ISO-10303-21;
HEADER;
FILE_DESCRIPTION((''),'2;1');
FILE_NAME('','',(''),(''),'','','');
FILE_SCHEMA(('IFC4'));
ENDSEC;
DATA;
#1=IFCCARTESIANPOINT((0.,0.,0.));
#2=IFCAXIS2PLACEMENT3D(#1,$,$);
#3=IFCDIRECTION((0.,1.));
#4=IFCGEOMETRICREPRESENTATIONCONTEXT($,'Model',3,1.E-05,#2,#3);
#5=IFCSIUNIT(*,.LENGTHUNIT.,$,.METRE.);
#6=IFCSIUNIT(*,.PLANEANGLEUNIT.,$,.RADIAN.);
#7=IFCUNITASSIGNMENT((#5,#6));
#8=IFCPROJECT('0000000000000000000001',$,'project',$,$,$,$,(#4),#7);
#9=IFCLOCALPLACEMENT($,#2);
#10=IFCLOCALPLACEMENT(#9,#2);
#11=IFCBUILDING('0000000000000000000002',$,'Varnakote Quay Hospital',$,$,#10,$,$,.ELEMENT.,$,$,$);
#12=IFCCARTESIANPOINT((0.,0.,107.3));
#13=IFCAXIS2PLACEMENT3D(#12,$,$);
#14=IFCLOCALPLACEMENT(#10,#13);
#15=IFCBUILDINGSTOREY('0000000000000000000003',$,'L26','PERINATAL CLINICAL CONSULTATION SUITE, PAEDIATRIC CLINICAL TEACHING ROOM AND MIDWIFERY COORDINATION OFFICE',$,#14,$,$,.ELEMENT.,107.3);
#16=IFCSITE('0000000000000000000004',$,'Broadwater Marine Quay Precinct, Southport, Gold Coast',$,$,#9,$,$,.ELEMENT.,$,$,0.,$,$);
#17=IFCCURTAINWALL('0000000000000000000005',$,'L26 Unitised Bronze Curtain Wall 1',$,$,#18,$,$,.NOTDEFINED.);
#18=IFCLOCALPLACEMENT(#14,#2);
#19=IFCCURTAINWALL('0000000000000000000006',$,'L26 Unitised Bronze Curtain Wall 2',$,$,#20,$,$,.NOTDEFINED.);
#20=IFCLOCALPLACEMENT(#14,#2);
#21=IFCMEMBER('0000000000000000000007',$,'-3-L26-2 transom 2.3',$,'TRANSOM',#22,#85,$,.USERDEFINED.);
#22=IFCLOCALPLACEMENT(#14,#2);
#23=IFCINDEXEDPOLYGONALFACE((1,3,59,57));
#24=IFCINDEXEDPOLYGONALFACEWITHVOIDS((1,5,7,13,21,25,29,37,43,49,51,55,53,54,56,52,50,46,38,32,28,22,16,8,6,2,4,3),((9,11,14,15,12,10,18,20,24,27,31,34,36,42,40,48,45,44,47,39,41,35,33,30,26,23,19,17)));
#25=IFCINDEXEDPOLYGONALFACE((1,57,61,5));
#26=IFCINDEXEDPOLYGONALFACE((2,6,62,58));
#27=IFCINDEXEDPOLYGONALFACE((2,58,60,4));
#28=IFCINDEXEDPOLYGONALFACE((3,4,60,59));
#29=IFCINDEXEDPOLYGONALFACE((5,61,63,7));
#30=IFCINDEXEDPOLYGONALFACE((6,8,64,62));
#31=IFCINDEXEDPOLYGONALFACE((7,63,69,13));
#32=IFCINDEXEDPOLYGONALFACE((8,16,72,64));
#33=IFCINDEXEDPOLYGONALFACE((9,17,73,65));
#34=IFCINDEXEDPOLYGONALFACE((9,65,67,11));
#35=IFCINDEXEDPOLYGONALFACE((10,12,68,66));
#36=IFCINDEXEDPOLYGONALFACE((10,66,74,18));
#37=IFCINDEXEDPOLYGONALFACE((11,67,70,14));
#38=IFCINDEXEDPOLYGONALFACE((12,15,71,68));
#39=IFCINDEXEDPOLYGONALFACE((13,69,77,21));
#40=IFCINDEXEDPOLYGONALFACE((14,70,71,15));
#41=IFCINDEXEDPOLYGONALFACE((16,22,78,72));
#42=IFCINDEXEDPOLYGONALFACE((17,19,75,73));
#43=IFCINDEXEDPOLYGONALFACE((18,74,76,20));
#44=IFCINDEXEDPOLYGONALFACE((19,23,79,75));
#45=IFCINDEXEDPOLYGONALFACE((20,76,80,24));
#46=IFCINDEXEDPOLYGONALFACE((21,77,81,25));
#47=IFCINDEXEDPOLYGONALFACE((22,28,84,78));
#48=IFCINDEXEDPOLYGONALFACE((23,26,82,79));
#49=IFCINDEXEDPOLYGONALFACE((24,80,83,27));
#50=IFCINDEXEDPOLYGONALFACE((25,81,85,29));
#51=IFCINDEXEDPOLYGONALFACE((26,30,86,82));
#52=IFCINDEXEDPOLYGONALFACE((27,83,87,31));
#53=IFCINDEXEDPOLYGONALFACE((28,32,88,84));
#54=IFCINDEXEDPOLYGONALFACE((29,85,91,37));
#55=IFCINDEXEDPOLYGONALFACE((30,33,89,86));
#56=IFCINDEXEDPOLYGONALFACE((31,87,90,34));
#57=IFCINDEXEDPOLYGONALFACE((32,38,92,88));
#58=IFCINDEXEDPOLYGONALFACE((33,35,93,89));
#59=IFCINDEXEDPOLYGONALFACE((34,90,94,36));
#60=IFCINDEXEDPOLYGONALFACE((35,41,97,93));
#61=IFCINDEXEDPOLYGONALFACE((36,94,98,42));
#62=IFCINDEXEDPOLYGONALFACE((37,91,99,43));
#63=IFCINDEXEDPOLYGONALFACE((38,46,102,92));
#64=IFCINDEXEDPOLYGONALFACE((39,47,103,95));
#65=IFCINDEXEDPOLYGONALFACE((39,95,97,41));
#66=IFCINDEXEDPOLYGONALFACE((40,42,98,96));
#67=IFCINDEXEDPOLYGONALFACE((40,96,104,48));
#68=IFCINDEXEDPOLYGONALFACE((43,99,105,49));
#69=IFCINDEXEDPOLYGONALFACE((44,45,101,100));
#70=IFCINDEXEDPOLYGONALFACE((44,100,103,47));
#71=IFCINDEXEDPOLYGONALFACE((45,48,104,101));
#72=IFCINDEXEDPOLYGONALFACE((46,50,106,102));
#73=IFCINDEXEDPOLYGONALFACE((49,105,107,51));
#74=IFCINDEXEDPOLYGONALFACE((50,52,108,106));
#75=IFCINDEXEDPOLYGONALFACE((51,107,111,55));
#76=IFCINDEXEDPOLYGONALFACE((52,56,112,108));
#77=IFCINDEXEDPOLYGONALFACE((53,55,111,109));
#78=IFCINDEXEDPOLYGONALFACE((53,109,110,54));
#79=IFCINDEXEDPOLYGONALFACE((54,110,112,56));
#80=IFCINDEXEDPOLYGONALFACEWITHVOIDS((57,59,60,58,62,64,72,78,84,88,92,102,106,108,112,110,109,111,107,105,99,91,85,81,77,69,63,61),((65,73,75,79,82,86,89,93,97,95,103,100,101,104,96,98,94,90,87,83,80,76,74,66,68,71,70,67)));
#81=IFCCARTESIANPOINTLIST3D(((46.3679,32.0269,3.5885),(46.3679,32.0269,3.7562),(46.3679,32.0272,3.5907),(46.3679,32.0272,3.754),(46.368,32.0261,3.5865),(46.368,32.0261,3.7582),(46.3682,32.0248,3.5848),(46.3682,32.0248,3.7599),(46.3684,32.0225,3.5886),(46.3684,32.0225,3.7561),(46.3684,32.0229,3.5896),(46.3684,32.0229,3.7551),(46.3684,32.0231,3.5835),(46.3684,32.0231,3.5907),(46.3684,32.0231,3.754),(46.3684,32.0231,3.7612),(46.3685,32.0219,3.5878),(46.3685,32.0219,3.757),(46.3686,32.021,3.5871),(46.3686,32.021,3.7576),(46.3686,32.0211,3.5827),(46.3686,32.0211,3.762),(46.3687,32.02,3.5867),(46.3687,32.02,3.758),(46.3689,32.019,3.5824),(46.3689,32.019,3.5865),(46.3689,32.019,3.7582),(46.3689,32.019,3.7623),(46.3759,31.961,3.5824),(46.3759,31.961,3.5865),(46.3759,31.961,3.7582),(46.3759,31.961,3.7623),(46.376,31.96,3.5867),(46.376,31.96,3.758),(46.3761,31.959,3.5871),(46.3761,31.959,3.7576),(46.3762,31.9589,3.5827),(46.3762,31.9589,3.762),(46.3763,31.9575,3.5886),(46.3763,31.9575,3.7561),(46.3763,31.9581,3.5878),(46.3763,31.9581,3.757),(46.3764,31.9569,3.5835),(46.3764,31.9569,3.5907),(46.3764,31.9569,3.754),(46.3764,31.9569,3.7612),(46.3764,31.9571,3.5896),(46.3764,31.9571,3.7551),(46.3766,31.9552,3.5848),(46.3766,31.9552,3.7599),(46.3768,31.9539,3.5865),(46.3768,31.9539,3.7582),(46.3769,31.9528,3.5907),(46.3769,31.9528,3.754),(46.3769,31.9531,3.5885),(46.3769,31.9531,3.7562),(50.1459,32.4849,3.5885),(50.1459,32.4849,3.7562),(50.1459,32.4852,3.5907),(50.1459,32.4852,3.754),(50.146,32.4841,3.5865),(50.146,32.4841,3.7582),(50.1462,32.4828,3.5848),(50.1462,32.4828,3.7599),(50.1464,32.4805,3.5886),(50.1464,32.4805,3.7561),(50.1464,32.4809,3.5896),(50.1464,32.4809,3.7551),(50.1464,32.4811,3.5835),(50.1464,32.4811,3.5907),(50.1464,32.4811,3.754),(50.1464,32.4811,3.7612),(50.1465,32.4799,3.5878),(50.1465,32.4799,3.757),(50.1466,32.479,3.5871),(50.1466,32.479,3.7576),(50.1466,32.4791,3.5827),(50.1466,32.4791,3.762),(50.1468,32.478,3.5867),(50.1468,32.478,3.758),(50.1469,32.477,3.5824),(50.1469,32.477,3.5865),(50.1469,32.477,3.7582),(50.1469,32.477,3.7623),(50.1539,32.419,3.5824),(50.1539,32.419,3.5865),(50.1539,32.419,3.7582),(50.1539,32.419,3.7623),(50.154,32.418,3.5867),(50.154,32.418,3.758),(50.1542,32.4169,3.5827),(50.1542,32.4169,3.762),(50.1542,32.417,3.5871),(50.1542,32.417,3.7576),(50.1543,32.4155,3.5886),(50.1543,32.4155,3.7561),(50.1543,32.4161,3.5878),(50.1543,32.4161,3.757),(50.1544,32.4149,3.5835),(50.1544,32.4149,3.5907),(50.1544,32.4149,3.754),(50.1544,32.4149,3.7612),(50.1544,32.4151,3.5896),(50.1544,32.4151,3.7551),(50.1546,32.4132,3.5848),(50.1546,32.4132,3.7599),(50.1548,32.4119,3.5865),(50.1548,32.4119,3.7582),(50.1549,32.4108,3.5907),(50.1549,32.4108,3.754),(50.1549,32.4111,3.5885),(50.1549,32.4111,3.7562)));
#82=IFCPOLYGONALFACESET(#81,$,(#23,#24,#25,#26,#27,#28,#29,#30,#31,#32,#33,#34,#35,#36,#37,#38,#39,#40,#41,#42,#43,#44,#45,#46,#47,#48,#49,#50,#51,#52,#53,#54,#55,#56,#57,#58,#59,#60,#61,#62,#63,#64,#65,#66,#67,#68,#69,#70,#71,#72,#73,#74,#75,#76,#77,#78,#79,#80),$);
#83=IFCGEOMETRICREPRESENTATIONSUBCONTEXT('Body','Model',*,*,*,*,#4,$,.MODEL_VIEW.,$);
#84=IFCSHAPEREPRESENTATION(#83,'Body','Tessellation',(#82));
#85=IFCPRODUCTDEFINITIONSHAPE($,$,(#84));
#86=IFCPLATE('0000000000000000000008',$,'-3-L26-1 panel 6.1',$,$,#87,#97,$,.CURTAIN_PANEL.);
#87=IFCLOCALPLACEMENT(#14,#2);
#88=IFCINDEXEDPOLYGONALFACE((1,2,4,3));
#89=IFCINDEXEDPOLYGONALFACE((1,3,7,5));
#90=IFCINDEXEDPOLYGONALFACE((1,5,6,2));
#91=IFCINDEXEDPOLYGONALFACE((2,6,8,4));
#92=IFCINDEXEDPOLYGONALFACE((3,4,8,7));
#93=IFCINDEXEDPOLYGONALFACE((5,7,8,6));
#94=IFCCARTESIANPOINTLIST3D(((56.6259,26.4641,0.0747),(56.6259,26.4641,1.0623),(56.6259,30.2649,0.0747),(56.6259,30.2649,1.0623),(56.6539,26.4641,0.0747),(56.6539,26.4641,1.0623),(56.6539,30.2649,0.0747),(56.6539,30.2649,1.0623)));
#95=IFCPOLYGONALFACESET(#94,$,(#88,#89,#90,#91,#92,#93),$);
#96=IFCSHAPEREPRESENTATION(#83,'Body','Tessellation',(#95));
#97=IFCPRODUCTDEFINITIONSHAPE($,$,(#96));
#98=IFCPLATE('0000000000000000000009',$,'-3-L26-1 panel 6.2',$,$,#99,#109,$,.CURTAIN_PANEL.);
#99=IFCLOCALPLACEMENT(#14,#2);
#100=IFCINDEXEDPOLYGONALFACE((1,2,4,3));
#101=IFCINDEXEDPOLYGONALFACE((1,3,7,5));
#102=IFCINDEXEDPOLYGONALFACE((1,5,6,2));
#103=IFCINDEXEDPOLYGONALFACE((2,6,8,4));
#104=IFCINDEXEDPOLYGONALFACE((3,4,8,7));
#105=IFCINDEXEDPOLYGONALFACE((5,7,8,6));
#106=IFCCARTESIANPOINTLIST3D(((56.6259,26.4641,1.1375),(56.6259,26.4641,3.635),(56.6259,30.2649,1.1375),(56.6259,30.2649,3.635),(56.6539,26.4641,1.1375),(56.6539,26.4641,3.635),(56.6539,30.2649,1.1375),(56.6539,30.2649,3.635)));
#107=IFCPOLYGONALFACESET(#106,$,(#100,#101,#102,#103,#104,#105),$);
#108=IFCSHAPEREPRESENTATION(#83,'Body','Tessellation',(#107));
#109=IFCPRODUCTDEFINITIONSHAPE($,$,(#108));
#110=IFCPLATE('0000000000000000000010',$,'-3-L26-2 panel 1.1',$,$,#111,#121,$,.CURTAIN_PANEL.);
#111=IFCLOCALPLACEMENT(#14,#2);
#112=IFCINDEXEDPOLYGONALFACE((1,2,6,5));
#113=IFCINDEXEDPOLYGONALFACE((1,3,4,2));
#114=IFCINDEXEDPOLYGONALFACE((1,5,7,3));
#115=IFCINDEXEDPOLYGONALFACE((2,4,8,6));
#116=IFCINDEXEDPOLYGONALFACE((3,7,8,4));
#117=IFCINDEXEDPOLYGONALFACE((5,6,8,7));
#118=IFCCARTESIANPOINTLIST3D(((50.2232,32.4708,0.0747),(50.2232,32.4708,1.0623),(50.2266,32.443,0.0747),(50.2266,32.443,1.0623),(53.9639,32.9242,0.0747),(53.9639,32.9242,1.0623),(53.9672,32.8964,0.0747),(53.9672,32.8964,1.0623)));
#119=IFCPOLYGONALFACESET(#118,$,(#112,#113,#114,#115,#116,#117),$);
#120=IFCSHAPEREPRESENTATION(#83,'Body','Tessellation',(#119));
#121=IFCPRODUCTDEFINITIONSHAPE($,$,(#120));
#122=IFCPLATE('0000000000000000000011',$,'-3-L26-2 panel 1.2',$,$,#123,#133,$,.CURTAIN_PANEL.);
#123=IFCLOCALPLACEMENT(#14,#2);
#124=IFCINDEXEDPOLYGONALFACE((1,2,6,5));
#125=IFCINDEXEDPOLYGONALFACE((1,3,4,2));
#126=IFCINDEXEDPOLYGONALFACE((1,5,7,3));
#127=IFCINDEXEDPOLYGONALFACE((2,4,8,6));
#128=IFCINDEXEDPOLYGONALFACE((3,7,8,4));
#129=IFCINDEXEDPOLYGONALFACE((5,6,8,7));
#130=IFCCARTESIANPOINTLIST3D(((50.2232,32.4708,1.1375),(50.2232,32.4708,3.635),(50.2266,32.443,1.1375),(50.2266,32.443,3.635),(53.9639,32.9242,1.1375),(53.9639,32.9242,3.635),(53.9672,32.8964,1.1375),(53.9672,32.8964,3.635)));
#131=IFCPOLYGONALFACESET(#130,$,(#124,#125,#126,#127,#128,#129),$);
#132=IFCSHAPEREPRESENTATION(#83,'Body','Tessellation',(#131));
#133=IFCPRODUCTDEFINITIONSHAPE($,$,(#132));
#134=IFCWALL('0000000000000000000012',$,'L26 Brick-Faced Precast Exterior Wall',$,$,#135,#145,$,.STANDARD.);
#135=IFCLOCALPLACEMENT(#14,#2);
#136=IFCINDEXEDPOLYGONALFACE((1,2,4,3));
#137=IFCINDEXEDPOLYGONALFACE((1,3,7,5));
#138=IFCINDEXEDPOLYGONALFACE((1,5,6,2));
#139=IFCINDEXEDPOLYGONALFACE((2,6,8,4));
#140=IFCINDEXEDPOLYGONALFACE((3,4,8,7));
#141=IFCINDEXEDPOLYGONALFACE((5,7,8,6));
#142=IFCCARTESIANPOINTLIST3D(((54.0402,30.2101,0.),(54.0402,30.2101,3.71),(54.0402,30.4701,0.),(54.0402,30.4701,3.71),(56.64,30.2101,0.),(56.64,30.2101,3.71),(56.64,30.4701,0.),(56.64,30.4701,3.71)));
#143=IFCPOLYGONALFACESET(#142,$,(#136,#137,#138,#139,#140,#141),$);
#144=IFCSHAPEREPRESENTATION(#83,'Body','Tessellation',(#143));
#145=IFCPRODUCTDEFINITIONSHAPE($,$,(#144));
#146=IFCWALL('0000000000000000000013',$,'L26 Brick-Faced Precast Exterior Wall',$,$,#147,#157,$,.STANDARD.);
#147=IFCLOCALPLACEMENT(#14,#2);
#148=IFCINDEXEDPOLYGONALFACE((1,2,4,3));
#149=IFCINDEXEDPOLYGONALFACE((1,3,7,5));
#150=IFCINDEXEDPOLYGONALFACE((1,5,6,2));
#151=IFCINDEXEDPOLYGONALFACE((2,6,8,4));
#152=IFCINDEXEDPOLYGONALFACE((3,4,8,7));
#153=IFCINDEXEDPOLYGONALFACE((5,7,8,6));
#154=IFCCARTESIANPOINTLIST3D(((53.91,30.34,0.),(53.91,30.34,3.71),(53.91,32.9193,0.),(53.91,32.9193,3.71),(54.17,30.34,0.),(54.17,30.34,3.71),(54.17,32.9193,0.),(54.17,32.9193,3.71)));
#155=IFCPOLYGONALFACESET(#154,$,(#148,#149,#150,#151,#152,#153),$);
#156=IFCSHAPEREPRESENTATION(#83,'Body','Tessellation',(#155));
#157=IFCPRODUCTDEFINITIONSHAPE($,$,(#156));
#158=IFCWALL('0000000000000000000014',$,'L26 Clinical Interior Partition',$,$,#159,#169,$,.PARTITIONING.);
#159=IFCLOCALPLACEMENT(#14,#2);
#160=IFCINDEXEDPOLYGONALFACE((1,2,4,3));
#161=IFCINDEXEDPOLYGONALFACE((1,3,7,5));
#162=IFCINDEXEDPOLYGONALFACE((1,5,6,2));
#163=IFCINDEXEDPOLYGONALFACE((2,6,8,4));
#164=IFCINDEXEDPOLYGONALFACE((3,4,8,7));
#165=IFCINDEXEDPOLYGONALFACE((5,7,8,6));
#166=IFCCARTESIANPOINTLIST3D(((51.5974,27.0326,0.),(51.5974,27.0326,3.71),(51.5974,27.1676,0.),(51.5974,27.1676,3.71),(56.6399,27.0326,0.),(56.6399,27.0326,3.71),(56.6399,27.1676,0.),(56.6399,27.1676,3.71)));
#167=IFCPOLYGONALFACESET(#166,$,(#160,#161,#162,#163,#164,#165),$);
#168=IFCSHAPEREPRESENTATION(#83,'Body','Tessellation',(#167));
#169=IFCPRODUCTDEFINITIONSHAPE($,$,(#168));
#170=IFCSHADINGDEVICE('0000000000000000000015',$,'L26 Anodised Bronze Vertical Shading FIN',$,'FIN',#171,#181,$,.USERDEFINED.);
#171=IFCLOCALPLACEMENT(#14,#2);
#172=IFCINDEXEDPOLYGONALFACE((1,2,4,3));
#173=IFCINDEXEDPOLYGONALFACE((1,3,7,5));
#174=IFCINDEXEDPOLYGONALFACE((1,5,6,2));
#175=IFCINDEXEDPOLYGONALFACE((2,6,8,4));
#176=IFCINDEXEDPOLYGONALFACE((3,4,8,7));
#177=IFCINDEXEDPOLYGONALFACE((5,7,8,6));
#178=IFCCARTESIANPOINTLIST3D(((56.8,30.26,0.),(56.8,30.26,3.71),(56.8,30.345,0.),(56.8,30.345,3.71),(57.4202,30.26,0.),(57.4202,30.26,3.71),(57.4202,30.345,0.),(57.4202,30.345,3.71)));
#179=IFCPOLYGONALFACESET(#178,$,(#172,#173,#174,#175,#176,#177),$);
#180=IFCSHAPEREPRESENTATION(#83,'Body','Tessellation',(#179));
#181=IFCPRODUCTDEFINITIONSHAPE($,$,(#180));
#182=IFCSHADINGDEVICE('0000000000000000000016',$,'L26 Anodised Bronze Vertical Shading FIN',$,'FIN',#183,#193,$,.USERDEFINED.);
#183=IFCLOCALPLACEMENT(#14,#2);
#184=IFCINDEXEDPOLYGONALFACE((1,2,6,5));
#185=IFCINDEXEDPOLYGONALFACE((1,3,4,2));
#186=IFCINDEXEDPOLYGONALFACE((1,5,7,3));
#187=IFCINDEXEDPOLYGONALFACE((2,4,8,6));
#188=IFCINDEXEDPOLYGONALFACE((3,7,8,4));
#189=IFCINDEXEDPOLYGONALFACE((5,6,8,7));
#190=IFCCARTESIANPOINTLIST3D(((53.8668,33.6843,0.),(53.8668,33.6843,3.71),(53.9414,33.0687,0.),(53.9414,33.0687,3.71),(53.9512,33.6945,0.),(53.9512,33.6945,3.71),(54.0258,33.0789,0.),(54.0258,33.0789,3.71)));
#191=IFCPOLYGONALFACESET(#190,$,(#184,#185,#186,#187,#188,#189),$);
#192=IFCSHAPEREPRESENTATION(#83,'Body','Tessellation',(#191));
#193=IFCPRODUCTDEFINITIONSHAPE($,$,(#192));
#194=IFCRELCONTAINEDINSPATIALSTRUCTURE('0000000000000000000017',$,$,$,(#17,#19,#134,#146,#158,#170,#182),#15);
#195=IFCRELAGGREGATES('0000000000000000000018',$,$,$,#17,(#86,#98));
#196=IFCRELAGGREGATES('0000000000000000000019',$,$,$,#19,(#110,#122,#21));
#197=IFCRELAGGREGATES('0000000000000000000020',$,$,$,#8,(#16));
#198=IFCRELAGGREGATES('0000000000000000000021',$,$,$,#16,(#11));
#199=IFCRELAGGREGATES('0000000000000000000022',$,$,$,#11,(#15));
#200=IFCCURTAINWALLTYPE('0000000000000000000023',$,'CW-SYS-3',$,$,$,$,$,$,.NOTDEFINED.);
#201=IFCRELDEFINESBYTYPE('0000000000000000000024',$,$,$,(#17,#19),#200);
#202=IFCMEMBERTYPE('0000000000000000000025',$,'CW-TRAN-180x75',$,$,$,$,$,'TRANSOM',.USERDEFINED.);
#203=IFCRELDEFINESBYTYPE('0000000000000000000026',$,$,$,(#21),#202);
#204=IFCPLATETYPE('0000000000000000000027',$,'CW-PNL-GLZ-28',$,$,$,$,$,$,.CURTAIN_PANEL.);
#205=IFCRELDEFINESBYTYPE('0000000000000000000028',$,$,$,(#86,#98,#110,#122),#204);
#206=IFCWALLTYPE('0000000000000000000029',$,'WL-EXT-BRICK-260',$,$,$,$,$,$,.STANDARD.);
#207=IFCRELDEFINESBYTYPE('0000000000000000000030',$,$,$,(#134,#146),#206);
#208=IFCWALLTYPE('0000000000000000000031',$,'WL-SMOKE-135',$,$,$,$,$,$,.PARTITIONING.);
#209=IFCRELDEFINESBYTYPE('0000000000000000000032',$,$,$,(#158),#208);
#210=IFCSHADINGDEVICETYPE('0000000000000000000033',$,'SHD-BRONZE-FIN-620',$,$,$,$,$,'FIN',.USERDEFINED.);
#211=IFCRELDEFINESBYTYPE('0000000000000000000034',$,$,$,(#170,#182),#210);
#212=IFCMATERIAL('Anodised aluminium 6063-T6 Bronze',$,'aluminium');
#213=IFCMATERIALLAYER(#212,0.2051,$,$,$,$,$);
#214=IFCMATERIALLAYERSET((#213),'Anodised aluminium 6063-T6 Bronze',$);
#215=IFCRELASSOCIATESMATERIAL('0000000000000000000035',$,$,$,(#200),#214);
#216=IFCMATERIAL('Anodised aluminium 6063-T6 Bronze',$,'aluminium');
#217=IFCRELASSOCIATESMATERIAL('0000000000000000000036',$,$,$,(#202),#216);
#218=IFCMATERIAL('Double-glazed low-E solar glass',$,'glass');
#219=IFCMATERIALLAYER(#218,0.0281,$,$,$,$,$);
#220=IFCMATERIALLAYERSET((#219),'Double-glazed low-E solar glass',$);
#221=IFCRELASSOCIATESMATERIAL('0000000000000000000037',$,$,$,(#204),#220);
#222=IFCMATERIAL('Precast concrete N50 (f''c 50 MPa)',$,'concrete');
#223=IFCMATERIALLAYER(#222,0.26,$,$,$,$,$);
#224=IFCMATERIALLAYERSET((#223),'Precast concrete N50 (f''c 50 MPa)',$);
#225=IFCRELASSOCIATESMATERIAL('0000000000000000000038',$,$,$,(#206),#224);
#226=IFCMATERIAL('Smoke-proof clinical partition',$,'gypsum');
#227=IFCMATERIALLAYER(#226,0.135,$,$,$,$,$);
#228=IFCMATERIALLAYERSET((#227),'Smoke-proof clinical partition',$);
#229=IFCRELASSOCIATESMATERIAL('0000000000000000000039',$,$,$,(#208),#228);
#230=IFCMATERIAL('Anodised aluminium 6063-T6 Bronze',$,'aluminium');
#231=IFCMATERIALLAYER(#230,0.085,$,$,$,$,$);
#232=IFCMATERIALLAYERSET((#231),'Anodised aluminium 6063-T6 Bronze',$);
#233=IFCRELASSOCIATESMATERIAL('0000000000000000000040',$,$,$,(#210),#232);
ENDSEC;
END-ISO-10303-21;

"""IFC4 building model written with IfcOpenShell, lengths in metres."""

from ifc_helpers import new_model, si_unit, direction, frame, frame_2d, origin, origin_2d, place, context, subcontext, project, spatial, rectangle, hollow_rectangle, extrude, material, layer, layer_set, material_profile, profile_set, type_object, element, aggregate, save


model = new_model("IFC4")

# Units and contexts
model_context = context("Model", 3, precision=1e-05, world=origin(), true_north=direction((0.0, 1.0)))
body_context = subcontext(model_context, "Body", "Model", "MODEL_VIEW")
ifc_project = project(units=[si_unit("LENGTHUNIT", "METRE"), si_unit("PLANEANGLEUNIT", "RADIAN")], contexts=[model_context])

# Site, building, storey
site_placement = place(None, origin())
site = spatial("IfcSite", under=ifc_project, at=site_placement, Name="Broadwater Marine Quay Precinct, Southport, Gold Coast", CompositionType="ELEMENT", RefElevation=0.0)
building_placement = place(site_placement, origin())
building = spatial("IfcBuilding", under=site, at=building_placement, Name="Varnakote Quay Hospital", CompositionType="ELEMENT")
storey_placement = place(building_placement, frame((0.0, 0.0, 107.3)))
storey = spatial("IfcBuildingStorey", under=building, at=storey_placement, Name="L26", Description="PERINATAL CLINICAL CONSULTATION SUITE, PAEDIATRIC CLINICAL TEACHING ROOM AND MIDWIFERY COORDINATION OFFICE", CompositionType="ELEMENT", Elevation=107.3)

# Curtain wall
ifc_material_1 = material(Name="Anodised aluminium 6063-T6 Bronze", Category="aluminium")
ifc_layer_1 = layer(ifc_material_1, 0.2051)
ifc_layer_set_1 = layer_set([ifc_layer_1], Name="Anodised aluminium 6063-T6 Bronze")
curtain_wall_type = type_object("IfcCurtainWallType", Name="CW-SYS-3", PredefinedType="NOTDEFINED", material=ifc_layer_set_1)
curtain_wall_1_placement = place(storey_placement, origin())
curtain_wall_1 = element("IfcCurtainWall", 1, at=curtain_wall_1_placement, inside=storey, type_object=curtain_wall_type, Name="L26 Unitised Bronze Curtain Wall 1", PredefinedType="NOTDEFINED")

# Curtain wall, member
curtain_wall_2_placement = place(storey_placement, origin())
curtain_wall_2 = element("IfcCurtainWall", 2, at=curtain_wall_2_placement, inside=storey, type_object=curtain_wall_type, Name="L26 Unitised Bronze Curtain Wall 2", PredefinedType="NOTDEFINED")
ifc_material_2 = material(Name="Anodised aluminium 6063-T6 Bronze", Category="aluminium")
ifc_material_profile_1 = material_profile(ifc_material_2, hollow_rectangle(XDim=0.075, YDim=0.1799, WallThickness=0.0042, InnerFilletRadius=0.0042, OuterFilletRadius=0.0083, at=origin_2d()), Name="CW-TRAN-180x75")
ifc_profile_set_1 = profile_set([ifc_material_profile_1], Name="Anodised aluminium 6063-T6 Bronze")
member_type_1 = type_object("IfcMemberType", Name="CW-TRAN-180x75", ElementType="TRANSOM", PredefinedType="USERDEFINED", material=ifc_profile_set_1)
member_1_placement = place(storey_placement, frame((50.1504, 32.448, 3.6724), z_axis=(-0.992732, -0.120347, 0.0), x_axis=(0.120347, -0.992732, 0.0)))
member_1 = element("IfcMember", 3, at=member_1_placement, type_object=member_type_1, Name="-3-L26-2 transom 2.3", ObjectType="TRANSOM", PredefinedType="USERDEFINED", context=body_context, shape_type="SweptSolid", body=[
    extrude(hollow_rectangle(XDim=0.075, YDim=0.1799, WallThickness=0.0042, InnerFilletRadius=0.0042, OuterFilletRadius=0.0083, at=origin_2d()), origin(), (0.0, 0.0, 1.0), 3.8057),
])

# Plates
ifc_material_3 = material(Name="Double-glazed low-E solar glass", Category="glass")
ifc_layer_2 = layer(ifc_material_3, 0.0281)
ifc_layer_set_2 = layer_set([ifc_layer_2], Name="Double-glazed low-E solar glass")
plate_type = type_object("IfcPlateType", Name="CW-PNL-GLZ-28", PredefinedType="CURTAIN_PANEL", material=ifc_layer_set_2)
plate_1_placement = place(storey_placement, frame((56.6399, 28.3645, 0.0747), z_axis=(0.0, 0.0, 1.0), x_axis=(0.0, 1.0, 0.0)))
plate_1 = element("IfcPlate", 4, at=plate_1_placement, type_object=plate_type, Name="-3-L26-1 panel 6.1", PredefinedType="CURTAIN_PANEL", context=body_context, shape_type="SweptSolid", body=[
    extrude(rectangle(XDim=3.8008, YDim=0.0281, at=origin_2d()), origin(), (0.0, 0.0, 1.0), 0.9875),
])
plate_2_placement = place(storey_placement, frame((56.6399, 28.3645, 1.1375), z_axis=(0.0, 0.0, 1.0), x_axis=(0.0, 1.0, 0.0)))
plate_2 = element("IfcPlate", 5, at=plate_2_placement, type_object=plate_type, Name="-3-L26-1 panel 6.2", PredefinedType="CURTAIN_PANEL", context=body_context, shape_type="SweptSolid", body=[
    extrude(rectangle(XDim=3.8008, YDim=0.0281, at=origin_2d()), origin(), (0.0, 0.0, 1.0), 2.4976),
])
aggregate(curtain_wall_1, [plate_1, plate_2])
plate_3_placement = place(storey_placement, frame((52.0952, 32.6836, 0.0747), z_axis=(0.0, 0.0, 1.0), x_axis=(-0.992734, -0.120327, 0.0)))
plate_3 = element("IfcPlate", 6, at=plate_3_placement, type_object=plate_type, Name="-3-L26-2 panel 1.1", PredefinedType="CURTAIN_PANEL", context=body_context, shape_type="SweptSolid", body=[
    extrude(rectangle(XDim=3.7681, YDim=0.0281, at=origin_2d()), origin(), (0.0, 0.0, 1.0), 0.9875),
])
plate_4_placement = place(storey_placement, frame((52.0952, 32.6836, 1.1375), z_axis=(0.0, 0.0, 1.0), x_axis=(-0.992734, -0.120327, 0.0)))
plate_4 = element("IfcPlate", 7, at=plate_4_placement, type_object=plate_type, Name="-3-L26-2 panel 1.2", PredefinedType="CURTAIN_PANEL", context=body_context, shape_type="SweptSolid", body=[
    extrude(rectangle(XDim=3.7681, YDim=0.0281, at=origin_2d()), origin(), (0.0, 0.0, 1.0), 2.4976),
])
aggregate(curtain_wall_2, [plate_3, plate_4, member_1])

# Walls
ifc_material_4 = material(Name="Precast concrete N50 (f'c 50 MPa)", Category="concrete")
ifc_layer_3 = layer(ifc_material_4, 0.26)
ifc_layer_set_3 = layer_set([ifc_layer_3], Name="Precast concrete N50 (f'c 50 MPa)")
wall_type_1 = type_object("IfcWallType", Name="WL-EXT-BRICK-260", PredefinedType="STANDARD", material=ifc_layer_set_3)
wall_1_placement = place(storey_placement, frame((56.6399, 30.3401, 0.0), z_axis=(0.0, 0.0, 1.0), x_axis=(-1.0, 0.0, 0.0)))
element("IfcWall", 8, at=wall_1_placement, inside=storey, type_object=wall_type_1, Name="L26 Brick-Faced Precast Exterior Wall", PredefinedType="STANDARD", context=body_context, shape_type="SweptSolid", body=[
    extrude(rectangle(XDim=2.5999, YDim=0.26, at=frame_2d((1.2998, 0.0))), origin(), (0.0, 0.0, 1.0), 3.71),
])
wall_2_placement = place(storey_placement, frame((54.04, 30.3401, 0.0), z_axis=(0.0, 0.0, 1.0), x_axis=(0.0, 1.0, 0.0)))
element("IfcWall", 9, at=wall_2_placement, inside=storey, type_object=wall_type_1, Name="L26 Brick-Faced Precast Exterior Wall", PredefinedType="STANDARD", context=body_context, shape_type="SweptSolid", body=[
    extrude(rectangle(XDim=2.5793, YDim=0.26, at=frame_2d((1.2896, 0.0))), origin(), (0.0, 0.0, 1.0), 3.71),
])
ifc_material_5 = material(Name="Smoke-proof clinical partition", Category="gypsum")
ifc_layer_4 = layer(ifc_material_5, 0.135)
ifc_layer_set_4 = layer_set([ifc_layer_4], Name="Smoke-proof clinical partition")
wall_type_2 = type_object("IfcWallType", Name="WL-SMOKE-135", PredefinedType="PARTITIONING", material=ifc_layer_set_4)
wall_3_placement = place(storey_placement, frame((56.6399, 27.1001, 0.0), z_axis=(0.0, 0.0, 1.0), x_axis=(-1.0, 0.0, 0.0)))
element("IfcWall", 10, at=wall_3_placement, inside=storey, type_object=wall_type_2, Name="L26 Clinical Interior Partition", PredefinedType="PARTITIONING", context=body_context, shape_type="SweptSolid", body=[
    extrude(rectangle(XDim=5.0425, YDim=0.135, at=frame_2d((2.5212, 0.0))), origin(), (0.0, 0.0, 1.0), 3.71),
])

# Shading devices
ifc_material_6 = material(Name="Anodised aluminium 6063-T6 Bronze", Category="aluminium")
ifc_layer_5 = layer(ifc_material_6, 0.085)
ifc_layer_set_5 = layer_set([ifc_layer_5], Name="Anodised aluminium 6063-T6 Bronze")
shading_device_type = type_object("IfcShadingDeviceType", Name="SHD-BRONZE-FIN-620", ElementType="FIN", PredefinedType="USERDEFINED", material=ifc_layer_set_5)
for number, where, z_axis, x_axis, name in (
    (11, (57.1101, 30.3025, 0.0), (0.0, 0.0, 1.0), (-1.0, 0.0, 0.0), "L26 Anodised Bronze Vertical Shading FIN"),
    (12, (53.9463, 33.3816, 0.0), (0.0, 0.0, 1.0), (0.12031, -0.992736, 0.0), "L26 Anodised Bronze Vertical Shading FIN"),
):
    element("IfcShadingDevice", number, at=place(storey_placement, frame(where, z_axis=z_axis, x_axis=x_axis)), inside=storey, type_object=shading_device_type, Name=name, ObjectType="FIN", PredefinedType="USERDEFINED", context=body_context, shape_type="SweptSolid", body=[
        extrude(rectangle(XDim=0.6201, YDim=0.085, at=origin_2d()), origin(), (0.0, 0.0, 1.0), 3.71),
    ])

save(model, "model.ifc")
